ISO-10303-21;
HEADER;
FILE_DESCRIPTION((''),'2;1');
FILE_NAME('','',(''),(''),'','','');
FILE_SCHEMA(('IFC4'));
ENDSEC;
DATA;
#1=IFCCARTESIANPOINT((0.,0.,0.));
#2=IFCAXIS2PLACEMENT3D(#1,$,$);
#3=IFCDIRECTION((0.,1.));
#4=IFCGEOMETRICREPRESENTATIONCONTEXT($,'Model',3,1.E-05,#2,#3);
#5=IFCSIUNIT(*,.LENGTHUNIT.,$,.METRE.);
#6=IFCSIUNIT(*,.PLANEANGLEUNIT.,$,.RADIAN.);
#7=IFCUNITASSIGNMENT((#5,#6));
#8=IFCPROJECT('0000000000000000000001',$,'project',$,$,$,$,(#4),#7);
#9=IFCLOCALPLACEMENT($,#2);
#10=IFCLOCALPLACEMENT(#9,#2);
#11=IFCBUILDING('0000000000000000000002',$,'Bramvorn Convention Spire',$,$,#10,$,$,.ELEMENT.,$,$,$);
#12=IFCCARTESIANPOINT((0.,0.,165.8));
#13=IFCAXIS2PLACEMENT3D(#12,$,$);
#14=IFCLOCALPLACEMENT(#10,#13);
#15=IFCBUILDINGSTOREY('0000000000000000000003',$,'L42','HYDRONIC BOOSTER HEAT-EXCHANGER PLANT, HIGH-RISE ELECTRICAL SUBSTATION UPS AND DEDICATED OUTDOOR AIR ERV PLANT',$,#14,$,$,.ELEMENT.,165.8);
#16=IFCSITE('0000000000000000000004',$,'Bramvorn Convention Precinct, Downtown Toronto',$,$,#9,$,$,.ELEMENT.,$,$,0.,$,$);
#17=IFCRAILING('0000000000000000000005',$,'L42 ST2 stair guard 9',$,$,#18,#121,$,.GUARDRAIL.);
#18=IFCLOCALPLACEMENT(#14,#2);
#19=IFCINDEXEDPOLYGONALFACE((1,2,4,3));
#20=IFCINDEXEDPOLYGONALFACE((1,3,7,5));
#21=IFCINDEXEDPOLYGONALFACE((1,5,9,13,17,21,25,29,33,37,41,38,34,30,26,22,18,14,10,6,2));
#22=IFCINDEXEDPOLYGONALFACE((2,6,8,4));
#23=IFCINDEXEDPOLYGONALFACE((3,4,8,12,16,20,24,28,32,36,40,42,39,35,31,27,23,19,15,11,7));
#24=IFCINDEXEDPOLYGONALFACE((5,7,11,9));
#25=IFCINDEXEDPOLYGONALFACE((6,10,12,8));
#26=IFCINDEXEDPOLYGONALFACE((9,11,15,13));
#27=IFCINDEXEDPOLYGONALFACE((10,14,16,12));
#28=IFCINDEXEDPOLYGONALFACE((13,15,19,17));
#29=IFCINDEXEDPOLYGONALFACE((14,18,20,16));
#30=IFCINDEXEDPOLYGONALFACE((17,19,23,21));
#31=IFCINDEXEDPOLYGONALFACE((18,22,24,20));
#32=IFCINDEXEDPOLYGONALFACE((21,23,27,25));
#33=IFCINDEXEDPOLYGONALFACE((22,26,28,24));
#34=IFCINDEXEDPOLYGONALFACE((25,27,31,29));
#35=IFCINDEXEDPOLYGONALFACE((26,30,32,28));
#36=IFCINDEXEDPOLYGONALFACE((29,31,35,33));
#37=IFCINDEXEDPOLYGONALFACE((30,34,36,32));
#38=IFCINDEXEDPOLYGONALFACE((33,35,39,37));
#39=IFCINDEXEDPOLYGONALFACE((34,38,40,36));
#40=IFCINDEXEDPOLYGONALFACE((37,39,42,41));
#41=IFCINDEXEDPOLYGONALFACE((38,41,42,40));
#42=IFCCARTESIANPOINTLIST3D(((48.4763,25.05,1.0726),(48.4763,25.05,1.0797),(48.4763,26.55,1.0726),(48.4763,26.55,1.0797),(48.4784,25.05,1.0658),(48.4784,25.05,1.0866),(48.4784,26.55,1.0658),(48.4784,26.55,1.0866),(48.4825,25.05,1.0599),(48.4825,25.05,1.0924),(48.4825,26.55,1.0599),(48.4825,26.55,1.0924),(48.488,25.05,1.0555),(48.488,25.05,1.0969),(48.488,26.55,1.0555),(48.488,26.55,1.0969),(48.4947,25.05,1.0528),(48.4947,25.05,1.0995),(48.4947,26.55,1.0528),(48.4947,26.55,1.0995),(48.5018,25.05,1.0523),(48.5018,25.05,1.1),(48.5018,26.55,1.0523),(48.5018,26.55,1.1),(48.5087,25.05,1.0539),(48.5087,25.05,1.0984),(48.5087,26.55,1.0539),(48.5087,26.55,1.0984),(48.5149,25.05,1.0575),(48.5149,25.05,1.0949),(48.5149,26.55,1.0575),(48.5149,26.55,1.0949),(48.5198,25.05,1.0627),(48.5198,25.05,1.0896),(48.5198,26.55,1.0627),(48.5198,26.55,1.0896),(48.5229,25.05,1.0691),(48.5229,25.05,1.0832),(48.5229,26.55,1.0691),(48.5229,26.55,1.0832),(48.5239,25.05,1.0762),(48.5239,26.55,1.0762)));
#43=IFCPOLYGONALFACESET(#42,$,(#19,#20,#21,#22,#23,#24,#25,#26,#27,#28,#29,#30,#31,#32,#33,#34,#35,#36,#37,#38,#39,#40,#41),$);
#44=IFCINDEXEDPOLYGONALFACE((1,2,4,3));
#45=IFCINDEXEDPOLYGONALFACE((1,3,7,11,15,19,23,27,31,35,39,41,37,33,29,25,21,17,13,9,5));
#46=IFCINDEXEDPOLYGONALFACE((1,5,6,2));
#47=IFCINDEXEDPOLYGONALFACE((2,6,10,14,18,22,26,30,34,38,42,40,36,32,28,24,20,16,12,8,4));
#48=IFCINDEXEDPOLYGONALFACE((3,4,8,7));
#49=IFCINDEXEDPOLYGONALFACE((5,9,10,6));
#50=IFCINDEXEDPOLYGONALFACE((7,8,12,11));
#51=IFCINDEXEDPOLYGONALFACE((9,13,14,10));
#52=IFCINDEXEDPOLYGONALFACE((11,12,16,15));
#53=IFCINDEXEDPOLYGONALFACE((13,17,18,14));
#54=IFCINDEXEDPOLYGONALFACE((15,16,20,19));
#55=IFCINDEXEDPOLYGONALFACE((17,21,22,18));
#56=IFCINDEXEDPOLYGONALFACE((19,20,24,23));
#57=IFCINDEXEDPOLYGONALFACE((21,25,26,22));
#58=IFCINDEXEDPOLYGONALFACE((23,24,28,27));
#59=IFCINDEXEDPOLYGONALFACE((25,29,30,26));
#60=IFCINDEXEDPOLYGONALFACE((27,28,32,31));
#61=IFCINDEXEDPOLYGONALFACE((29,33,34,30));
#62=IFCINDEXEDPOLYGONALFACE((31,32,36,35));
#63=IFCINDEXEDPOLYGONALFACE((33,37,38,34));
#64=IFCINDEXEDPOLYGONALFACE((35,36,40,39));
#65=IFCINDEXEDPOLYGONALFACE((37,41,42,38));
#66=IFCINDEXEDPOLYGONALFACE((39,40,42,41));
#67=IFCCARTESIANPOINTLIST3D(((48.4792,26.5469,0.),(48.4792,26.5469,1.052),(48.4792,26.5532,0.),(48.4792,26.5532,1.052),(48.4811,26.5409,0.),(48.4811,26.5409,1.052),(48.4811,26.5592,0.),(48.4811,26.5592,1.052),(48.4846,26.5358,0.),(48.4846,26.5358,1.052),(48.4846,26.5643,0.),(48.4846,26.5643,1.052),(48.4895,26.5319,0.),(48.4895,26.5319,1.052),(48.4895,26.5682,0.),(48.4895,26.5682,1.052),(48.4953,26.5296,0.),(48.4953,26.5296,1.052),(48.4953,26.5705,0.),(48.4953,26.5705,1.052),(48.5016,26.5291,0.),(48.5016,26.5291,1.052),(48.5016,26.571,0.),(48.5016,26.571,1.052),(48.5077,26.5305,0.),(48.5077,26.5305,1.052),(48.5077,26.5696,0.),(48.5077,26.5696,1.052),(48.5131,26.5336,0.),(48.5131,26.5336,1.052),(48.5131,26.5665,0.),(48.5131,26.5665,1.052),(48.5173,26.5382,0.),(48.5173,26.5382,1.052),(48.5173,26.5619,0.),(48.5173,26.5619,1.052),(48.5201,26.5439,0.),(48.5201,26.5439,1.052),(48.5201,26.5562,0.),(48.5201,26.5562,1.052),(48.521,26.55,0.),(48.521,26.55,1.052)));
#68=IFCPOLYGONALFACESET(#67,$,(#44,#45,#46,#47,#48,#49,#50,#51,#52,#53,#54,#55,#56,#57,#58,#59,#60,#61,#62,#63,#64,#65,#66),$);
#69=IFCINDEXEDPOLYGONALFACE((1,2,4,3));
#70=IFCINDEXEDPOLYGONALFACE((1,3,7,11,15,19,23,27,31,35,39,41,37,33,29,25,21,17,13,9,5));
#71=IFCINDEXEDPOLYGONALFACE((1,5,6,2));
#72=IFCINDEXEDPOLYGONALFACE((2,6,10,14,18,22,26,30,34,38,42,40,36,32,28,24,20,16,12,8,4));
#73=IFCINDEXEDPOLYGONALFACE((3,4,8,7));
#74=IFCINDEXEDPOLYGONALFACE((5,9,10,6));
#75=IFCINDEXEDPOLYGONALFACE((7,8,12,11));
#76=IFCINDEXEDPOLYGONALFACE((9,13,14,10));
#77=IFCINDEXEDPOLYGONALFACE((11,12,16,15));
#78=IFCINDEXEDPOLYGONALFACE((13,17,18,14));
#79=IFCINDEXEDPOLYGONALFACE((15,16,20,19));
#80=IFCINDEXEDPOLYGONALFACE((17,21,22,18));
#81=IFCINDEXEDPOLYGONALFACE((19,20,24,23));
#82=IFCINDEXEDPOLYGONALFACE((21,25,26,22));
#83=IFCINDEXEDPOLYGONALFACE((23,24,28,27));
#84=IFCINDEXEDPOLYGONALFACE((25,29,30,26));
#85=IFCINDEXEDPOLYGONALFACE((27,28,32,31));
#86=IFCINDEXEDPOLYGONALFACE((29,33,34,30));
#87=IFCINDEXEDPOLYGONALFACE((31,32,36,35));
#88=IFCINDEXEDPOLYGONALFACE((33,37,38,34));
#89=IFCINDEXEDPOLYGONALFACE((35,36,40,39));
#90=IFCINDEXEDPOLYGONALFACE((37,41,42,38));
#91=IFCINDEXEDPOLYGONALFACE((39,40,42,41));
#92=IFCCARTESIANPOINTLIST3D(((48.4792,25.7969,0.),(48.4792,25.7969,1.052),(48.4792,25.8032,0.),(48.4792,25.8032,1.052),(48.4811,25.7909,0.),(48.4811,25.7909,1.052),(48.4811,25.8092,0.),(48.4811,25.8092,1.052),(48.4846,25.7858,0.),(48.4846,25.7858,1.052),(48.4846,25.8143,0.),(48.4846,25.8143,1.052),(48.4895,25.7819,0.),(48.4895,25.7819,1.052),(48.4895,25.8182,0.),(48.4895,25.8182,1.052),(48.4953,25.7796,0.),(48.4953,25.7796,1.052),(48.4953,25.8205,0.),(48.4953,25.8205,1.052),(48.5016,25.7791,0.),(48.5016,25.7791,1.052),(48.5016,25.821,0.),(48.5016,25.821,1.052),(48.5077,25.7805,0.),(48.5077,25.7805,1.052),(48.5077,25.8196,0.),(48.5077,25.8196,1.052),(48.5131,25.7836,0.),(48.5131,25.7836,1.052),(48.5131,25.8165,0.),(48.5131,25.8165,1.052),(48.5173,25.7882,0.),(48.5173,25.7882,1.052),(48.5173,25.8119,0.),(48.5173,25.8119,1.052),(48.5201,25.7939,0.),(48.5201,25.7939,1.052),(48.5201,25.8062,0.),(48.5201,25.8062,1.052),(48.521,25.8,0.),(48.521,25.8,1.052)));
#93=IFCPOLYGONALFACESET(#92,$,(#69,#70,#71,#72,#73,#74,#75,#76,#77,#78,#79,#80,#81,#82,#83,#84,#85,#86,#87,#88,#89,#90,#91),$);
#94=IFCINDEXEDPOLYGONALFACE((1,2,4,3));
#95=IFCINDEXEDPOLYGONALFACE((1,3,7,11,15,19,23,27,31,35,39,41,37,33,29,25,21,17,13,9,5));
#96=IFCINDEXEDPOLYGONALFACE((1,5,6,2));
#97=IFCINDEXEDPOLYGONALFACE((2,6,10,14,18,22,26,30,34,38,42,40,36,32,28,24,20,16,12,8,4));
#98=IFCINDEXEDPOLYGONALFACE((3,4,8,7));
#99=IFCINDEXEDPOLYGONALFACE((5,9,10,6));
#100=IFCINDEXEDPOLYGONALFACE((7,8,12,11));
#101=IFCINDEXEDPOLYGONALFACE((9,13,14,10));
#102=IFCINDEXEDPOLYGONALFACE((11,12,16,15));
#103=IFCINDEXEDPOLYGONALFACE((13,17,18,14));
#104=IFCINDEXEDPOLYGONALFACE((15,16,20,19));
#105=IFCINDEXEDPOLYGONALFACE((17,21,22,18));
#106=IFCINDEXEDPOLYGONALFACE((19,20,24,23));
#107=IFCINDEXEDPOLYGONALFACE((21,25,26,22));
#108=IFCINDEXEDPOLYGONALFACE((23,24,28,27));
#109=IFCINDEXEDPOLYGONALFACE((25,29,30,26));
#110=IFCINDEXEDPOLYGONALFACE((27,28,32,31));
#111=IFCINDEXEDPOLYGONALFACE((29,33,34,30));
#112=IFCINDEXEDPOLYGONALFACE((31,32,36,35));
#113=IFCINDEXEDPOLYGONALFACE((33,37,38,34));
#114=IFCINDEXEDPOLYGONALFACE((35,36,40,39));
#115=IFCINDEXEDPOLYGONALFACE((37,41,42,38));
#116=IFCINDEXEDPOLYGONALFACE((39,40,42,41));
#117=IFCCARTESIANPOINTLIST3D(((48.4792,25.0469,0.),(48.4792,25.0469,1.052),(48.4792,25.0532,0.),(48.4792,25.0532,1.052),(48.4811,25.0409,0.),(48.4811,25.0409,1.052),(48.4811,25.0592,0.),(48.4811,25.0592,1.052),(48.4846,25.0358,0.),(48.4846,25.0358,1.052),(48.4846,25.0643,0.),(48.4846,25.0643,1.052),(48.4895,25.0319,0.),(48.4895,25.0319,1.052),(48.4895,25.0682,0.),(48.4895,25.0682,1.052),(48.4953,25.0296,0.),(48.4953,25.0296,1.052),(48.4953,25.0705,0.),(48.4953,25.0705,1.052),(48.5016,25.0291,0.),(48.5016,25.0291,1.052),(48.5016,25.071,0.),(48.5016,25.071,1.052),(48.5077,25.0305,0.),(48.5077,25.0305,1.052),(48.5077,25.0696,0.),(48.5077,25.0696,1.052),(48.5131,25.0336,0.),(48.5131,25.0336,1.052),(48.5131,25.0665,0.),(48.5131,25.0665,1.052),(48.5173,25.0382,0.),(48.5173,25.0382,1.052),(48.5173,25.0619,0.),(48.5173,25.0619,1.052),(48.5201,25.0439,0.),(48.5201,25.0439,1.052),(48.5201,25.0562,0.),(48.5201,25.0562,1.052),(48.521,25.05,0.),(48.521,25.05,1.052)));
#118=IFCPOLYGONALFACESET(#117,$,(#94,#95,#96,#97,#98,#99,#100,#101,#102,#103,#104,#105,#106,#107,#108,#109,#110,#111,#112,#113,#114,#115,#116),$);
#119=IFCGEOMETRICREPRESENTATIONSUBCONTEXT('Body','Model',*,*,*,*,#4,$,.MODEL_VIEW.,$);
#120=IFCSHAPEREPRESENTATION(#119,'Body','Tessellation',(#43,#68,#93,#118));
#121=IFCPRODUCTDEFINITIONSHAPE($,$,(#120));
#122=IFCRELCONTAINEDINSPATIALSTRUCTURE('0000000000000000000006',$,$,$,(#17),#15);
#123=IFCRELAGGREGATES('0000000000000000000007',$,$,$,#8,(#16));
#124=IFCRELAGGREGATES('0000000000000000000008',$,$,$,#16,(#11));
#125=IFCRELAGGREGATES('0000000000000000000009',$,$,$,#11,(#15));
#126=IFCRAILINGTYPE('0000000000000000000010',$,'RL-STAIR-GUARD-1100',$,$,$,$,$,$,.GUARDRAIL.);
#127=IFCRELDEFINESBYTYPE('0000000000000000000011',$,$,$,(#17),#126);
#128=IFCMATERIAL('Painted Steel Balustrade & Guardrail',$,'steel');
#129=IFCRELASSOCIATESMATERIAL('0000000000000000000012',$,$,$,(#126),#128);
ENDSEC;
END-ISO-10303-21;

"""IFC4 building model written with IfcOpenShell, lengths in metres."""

from ifc_helpers import new_model, si_unit, direction, frame, origin, origin_2d, place, context, subcontext, project, spatial, circle, extrude, material, type_object, element, save


model = new_model("IFC4")

# Units and contexts
model_context = context("Model", 3, precision=1e-05, world=origin(), true_north=direction((0.0, 1.0)))
body_context = subcontext(model_context, "Body", "Model", "MODEL_VIEW")
ifc_project = project(units=[si_unit("LENGTHUNIT", "METRE"), si_unit("PLANEANGLEUNIT", "RADIAN")], contexts=[model_context])

# Site, building, storey
site_placement = place(None, origin())
site = spatial("IfcSite", under=ifc_project, at=site_placement, Name="Bramvorn Convention Precinct, Downtown Toronto", CompositionType="ELEMENT", RefElevation=0.0)
building_placement = place(site_placement, origin())
building = spatial("IfcBuilding", under=site, at=building_placement, Name="Bramvorn Convention Spire", CompositionType="ELEMENT")
storey_placement = place(building_placement, frame((0.0, 0.0, 165.8)))
storey = spatial("IfcBuildingStorey", under=building, at=storey_placement, Name="L42", Description="HYDRONIC BOOSTER HEAT-EXCHANGER PLANT, HIGH-RISE ELECTRICAL SUBSTATION UPS AND DEDICATED OUTDOOR AIR ERV PLANT", CompositionType="ELEMENT", Elevation=165.8)

# Railing
ifc_material_1 = material(Name="Painted Steel Balustrade & Guardrail", Category="steel")
railing_type_1 = type_object("IfcRailingType", Name="RL-STAIR-GUARD-1100", PredefinedType="GUARDRAIL", material=ifc_material_1)
for number, where, name in (
    (1, (48.5, 26.55, 0.0), "L42 ST2 stair guard 9"),
):
    element("IfcRailing", number, at=place(storey_placement, frame(where)), inside=storey, type_object=railing_type_1, Name=name, PredefinedType="GUARDRAIL", context=body_context, shape_type="SweptSolid", body=[
        extrude(circle(Radius=0.0239, at=origin_2d()), frame((0.0, 0.0, 1.0762), z_axis=(0.0, -1.0, 0.0), x_axis=(1.0, 0.0, 0.0)), (0.0, 0.0, 1.0), 1.5),
        extrude(circle(Radius=0.021, at=origin_2d()), origin(), (0.0, 0.0, 1.0), 1.052),
        extrude(circle(Radius=0.021, at=origin_2d()), frame((0.0, -0.75, 0.0)), (0.0, 0.0, 1.0), 1.052),
        extrude(circle(Radius=0.021, at=origin_2d()), frame((0.0, -1.5, 0.0)), (0.0, 0.0, 1.0), 1.052),
    ])

save(model, "model.ifc")
